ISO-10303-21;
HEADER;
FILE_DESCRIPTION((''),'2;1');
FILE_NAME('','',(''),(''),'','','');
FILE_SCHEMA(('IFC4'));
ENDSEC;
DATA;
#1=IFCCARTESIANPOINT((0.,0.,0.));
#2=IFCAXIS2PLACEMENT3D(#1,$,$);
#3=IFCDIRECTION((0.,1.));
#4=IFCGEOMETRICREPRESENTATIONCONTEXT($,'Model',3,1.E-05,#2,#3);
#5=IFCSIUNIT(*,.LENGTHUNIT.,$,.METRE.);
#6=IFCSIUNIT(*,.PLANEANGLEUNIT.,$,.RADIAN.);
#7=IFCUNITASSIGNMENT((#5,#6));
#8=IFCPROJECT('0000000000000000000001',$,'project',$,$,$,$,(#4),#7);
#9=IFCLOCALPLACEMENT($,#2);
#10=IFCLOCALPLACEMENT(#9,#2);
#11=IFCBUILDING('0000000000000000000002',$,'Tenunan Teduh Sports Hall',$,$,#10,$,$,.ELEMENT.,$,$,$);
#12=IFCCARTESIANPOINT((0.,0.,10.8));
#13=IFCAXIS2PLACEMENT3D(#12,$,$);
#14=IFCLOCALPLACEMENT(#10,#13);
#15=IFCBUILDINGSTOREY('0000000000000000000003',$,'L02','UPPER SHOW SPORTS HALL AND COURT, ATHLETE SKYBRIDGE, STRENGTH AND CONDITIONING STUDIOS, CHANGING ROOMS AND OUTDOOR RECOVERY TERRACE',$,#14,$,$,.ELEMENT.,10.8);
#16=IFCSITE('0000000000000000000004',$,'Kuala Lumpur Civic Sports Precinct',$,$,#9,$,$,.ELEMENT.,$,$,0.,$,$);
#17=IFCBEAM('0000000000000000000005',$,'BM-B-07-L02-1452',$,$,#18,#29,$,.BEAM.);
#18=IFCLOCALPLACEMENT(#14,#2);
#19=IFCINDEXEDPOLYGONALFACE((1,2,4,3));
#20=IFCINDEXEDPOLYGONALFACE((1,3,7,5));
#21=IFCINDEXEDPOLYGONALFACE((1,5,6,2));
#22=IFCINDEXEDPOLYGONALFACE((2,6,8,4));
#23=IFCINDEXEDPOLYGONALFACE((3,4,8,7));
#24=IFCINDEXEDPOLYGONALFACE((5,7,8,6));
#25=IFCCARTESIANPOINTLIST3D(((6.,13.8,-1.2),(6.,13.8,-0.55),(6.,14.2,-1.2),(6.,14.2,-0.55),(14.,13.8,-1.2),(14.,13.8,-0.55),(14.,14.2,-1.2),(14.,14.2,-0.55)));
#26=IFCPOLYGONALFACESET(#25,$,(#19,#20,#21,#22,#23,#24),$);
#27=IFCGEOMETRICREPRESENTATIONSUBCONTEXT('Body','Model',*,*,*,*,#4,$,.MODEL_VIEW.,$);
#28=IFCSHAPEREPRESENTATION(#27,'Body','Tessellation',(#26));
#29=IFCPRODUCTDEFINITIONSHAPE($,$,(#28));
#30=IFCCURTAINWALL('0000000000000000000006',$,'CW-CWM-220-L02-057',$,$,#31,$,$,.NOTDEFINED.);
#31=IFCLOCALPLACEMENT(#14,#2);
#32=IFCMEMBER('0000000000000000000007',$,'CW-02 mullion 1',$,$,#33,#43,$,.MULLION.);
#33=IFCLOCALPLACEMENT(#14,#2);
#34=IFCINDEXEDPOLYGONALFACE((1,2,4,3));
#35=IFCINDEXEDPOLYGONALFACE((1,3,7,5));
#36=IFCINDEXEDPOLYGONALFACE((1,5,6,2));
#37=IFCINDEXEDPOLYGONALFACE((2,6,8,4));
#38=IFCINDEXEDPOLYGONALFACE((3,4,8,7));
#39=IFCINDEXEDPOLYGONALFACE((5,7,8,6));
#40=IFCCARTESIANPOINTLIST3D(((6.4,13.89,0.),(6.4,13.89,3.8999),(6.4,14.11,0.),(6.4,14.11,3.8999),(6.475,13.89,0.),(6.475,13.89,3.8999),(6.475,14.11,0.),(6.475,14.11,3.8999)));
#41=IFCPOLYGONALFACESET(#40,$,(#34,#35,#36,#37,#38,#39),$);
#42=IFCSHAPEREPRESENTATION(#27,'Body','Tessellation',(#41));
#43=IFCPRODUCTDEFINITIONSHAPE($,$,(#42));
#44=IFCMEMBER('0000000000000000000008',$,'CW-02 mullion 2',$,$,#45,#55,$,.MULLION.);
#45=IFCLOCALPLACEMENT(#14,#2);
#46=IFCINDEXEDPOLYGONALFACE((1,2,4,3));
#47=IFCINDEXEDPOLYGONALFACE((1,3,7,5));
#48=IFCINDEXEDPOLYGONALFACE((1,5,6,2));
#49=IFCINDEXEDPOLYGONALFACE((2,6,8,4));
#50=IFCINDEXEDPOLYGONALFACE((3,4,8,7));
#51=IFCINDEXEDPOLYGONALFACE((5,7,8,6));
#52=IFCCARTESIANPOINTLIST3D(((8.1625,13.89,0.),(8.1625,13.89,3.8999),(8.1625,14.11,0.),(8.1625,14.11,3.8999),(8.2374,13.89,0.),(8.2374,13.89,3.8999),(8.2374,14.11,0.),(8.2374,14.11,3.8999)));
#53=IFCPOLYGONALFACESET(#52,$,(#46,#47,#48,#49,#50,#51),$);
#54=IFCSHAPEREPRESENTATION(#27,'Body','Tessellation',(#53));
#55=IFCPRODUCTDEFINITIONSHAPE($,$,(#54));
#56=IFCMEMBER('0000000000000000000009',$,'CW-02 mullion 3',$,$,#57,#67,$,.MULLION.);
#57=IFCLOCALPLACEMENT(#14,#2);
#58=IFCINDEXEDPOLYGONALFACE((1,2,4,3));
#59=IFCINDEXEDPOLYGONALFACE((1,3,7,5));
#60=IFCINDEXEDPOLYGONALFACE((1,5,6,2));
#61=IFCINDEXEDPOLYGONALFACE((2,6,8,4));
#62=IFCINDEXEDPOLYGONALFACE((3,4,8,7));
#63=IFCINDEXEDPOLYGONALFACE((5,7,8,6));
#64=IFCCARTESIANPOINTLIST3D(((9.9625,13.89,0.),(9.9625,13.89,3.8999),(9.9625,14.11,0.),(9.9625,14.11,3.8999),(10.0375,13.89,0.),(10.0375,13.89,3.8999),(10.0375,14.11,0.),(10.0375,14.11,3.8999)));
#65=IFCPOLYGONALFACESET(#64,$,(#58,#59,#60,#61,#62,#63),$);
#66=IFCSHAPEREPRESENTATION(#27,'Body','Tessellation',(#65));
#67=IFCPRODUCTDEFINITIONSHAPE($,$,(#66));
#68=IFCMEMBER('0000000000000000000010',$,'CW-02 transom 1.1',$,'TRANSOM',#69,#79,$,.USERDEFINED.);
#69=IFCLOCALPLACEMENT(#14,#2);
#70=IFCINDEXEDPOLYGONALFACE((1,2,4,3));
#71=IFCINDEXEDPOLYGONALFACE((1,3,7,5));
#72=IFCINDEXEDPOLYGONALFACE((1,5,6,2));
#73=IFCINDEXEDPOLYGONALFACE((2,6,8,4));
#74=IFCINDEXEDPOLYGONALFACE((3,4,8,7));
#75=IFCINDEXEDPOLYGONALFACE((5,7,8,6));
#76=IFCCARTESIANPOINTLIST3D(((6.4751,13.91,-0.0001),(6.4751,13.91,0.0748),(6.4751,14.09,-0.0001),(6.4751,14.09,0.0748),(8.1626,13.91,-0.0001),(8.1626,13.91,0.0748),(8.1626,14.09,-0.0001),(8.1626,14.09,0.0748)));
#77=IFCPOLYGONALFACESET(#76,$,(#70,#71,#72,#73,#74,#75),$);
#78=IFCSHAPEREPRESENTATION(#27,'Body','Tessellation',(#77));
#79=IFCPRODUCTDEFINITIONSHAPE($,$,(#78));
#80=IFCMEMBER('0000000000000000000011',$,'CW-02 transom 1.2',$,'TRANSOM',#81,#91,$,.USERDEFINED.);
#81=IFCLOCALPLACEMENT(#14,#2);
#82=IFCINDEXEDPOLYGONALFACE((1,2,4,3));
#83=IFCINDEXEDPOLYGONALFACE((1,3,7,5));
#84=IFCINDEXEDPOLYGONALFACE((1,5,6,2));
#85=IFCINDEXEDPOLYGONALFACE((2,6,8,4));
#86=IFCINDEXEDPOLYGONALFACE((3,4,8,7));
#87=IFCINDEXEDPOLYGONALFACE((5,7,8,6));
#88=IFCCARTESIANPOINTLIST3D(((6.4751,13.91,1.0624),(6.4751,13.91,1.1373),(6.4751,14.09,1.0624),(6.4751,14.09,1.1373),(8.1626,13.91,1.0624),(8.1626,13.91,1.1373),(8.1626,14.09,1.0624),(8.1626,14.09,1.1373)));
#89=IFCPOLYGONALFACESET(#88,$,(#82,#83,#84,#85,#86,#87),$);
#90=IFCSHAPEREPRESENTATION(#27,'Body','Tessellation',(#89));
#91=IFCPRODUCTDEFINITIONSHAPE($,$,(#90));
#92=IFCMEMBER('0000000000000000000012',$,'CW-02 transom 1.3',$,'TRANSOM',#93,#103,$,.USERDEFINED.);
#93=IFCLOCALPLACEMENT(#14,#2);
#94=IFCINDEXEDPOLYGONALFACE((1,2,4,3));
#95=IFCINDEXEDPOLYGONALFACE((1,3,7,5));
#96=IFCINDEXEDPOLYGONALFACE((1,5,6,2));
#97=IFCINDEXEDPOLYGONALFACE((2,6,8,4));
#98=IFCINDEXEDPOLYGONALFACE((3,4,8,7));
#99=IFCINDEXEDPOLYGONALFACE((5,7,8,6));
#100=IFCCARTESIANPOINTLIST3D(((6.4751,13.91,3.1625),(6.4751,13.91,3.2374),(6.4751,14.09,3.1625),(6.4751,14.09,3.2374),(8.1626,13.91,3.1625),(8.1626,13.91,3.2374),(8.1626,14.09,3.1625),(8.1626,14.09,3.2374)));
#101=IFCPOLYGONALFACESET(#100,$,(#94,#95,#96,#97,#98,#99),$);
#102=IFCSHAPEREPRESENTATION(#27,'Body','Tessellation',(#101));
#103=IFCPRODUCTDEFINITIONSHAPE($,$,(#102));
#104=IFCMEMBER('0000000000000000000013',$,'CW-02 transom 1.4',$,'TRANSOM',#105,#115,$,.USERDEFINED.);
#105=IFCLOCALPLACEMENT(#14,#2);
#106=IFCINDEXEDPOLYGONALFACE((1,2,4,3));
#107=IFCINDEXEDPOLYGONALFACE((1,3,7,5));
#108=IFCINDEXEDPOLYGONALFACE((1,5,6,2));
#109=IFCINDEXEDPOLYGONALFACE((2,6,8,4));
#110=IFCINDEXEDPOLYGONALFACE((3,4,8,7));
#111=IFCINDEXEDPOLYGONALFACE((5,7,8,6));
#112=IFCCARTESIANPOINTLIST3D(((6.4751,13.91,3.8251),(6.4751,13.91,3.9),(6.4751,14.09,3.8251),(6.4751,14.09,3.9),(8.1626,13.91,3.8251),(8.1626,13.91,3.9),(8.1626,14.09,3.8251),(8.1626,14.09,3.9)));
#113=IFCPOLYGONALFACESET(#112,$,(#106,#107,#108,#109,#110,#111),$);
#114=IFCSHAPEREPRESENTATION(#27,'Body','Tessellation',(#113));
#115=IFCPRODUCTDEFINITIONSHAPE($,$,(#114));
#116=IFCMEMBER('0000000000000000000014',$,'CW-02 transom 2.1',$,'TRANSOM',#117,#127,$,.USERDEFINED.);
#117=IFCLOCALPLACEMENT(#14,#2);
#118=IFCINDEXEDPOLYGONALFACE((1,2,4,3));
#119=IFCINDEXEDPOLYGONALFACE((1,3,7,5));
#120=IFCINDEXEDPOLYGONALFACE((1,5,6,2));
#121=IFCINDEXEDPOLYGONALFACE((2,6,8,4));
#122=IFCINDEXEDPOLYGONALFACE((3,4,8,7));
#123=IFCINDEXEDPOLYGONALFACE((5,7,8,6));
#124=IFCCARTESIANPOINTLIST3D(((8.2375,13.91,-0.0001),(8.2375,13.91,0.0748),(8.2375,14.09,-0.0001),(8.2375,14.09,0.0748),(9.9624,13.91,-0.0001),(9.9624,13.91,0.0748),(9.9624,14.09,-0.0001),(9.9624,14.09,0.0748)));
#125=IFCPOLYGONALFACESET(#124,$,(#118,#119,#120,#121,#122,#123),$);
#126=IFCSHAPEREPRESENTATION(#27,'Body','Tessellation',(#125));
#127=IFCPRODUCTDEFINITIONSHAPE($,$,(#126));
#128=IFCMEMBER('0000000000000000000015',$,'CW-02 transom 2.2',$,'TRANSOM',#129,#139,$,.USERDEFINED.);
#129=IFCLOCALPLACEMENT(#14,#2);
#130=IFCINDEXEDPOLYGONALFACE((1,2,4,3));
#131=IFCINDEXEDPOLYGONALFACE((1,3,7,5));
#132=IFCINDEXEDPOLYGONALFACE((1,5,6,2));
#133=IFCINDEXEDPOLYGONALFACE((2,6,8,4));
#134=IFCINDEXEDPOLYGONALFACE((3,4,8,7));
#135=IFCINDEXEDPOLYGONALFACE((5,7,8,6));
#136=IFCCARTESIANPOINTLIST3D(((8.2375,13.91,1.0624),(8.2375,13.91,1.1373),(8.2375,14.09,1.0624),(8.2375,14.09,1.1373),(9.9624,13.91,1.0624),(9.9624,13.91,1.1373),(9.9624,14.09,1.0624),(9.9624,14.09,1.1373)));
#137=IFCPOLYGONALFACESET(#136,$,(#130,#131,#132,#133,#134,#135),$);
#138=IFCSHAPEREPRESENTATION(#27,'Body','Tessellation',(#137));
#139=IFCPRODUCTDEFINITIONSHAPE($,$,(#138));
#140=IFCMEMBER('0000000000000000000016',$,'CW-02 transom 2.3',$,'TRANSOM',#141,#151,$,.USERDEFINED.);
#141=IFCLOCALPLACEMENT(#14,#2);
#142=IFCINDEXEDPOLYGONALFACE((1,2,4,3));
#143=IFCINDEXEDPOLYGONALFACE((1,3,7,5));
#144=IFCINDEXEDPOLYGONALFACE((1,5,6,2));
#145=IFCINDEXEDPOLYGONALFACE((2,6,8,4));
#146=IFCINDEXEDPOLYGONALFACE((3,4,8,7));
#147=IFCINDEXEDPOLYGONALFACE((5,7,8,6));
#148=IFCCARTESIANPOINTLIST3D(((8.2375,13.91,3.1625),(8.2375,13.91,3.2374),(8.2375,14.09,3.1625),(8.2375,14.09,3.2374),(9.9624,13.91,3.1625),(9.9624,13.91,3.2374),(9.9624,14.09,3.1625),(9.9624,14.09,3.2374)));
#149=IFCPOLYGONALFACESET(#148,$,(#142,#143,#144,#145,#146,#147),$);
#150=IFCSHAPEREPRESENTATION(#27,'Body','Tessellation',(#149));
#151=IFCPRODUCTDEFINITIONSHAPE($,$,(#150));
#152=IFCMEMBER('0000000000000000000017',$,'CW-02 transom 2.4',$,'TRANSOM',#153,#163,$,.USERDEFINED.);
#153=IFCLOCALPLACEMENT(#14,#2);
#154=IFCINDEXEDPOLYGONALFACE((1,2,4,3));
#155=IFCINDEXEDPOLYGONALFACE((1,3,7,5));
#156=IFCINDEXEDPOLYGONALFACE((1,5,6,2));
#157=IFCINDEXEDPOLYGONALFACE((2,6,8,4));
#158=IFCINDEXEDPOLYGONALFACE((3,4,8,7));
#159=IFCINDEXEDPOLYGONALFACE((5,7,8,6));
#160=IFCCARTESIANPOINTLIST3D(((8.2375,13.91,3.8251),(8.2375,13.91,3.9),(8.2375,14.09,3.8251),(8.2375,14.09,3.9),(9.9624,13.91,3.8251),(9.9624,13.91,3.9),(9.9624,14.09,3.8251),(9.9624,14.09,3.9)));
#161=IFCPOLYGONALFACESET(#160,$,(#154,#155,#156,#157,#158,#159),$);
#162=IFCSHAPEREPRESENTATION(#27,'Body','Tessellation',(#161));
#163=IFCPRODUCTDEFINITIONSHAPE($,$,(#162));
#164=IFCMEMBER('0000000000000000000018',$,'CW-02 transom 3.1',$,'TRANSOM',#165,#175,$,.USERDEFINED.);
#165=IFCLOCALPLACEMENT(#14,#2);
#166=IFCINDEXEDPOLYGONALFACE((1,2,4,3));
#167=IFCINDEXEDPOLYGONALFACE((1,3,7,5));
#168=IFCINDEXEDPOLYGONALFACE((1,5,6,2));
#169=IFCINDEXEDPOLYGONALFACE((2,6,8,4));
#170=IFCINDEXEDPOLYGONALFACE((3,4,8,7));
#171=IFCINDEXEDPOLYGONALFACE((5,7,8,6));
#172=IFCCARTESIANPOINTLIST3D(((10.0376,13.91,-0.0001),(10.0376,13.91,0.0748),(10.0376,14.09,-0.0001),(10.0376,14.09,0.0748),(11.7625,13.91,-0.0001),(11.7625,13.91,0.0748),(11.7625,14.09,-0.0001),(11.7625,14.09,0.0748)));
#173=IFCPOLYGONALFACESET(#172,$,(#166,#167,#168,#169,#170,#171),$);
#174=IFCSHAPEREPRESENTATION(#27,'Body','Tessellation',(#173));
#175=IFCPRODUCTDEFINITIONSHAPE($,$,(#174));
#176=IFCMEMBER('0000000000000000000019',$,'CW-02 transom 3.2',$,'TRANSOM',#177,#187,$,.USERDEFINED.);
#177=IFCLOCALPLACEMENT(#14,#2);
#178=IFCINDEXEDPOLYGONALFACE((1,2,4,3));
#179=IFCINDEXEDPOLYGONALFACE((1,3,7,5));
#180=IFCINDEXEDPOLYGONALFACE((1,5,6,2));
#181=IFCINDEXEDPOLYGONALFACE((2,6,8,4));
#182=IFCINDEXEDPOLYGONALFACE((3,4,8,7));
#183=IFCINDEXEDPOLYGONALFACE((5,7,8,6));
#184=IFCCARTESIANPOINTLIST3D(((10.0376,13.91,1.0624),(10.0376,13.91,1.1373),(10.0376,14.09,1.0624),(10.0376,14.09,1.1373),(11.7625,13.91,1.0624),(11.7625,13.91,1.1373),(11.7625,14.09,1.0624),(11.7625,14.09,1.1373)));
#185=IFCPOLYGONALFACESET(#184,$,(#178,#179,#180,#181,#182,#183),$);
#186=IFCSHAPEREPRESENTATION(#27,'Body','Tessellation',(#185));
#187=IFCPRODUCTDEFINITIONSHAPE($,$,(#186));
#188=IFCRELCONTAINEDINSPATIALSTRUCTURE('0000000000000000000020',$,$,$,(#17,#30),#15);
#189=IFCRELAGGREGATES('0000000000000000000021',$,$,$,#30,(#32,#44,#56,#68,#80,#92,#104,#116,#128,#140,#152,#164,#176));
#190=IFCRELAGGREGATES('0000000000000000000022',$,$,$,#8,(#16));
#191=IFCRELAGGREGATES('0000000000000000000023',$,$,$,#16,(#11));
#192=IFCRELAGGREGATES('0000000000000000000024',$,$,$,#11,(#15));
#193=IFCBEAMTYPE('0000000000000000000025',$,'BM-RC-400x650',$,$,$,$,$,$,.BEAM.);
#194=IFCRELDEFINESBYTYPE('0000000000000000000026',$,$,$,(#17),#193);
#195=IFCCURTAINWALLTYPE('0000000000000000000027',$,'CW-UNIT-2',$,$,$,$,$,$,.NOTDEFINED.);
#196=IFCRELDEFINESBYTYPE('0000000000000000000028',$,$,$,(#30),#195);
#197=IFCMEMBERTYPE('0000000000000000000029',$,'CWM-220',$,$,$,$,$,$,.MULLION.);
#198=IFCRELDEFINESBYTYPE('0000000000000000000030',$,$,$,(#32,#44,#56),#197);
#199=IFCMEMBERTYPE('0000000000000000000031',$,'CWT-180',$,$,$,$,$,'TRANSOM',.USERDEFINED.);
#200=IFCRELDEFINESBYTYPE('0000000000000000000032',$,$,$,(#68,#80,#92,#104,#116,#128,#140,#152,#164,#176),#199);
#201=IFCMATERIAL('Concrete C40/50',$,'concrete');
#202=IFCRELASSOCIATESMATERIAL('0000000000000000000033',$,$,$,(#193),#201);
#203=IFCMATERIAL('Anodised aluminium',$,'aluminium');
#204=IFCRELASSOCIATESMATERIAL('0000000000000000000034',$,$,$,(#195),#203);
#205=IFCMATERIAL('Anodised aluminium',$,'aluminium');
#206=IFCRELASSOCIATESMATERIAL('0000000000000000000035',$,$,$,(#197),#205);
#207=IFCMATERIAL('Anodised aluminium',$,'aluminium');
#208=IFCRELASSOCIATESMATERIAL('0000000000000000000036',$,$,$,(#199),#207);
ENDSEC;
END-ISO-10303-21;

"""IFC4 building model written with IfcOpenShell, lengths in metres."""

from ifc_helpers import new_model, si_unit, direction, frame, origin, origin_2d, place, context, subcontext, project, spatial, rectangle, extrude, material, material_profile, profile_set, type_object, element, aggregate, save


model = new_model("IFC4")

# Units and contexts
model_context = context("Model", 3, precision=1e-05, world=origin(), true_north=direction((0.0, 1.0)))
body_context = subcontext(model_context, "Body", "Model", "MODEL_VIEW")
ifc_project = project(units=[si_unit("LENGTHUNIT", "METRE"), si_unit("PLANEANGLEUNIT", "RADIAN")], contexts=[model_context])

# Site, building, storey
site_placement = place(None, origin())
site = spatial("IfcSite", under=ifc_project, at=site_placement, Name="Kuala Lumpur Civic Sports Precinct", CompositionType="ELEMENT", RefElevation=0.0)
building_placement = place(site_placement, origin())
building = spatial("IfcBuilding", under=site, at=building_placement, Name="Tenunan Teduh Sports Hall", CompositionType="ELEMENT")
storey_placement = place(building_placement, frame((0.0, 0.0, 10.8)))
storey = spatial("IfcBuildingStorey", under=building, at=storey_placement, Name="L02", Description="UPPER SHOW SPORTS HALL AND COURT, ATHLETE SKYBRIDGE, STRENGTH AND CONDITIONING STUDIOS, CHANGING ROOMS AND OUTDOOR RECOVERY TERRACE", CompositionType="ELEMENT", Elevation=10.8)

# Beam
ifc_material_1 = material(Name="Concrete C40/50", Category="concrete")
ifc_material_profile_1 = material_profile(ifc_material_1, rectangle(XDim=0.3999, YDim=0.6499, at=origin_2d()), Name="RCB 400x650")
ifc_profile_set_1 = profile_set([ifc_material_profile_1], Name="Concrete C40/50")
beam_type_1 = type_object("IfcBeamType", Name="BM-RC-400x650", PredefinedType="BEAM", material=ifc_profile_set_1)
beam_1_placement = place(storey_placement, frame((6.0, 14.0, -0.875), z_axis=(1.0, 0.0, 0.0), x_axis=(0.0, 1.0, 0.0)))
element("IfcBeam", 1, at=beam_1_placement, inside=storey, type_object=beam_type_1, Name="BM-B-07-L02-1452", PredefinedType="BEAM", context=body_context, shape_type="SweptSolid", body=[
    extrude(rectangle(XDim=0.3999, YDim=0.6499, at=origin_2d()), origin(), (0.0, 0.0, 1.0), 8.0),
])

# Curtain wall, members
ifc_material_2 = material(Name="Anodised aluminium", Category="aluminium")
curtain_wall_type = type_object("IfcCurtainWallType", Name="CW-UNIT-2", PredefinedType="NOTDEFINED", material=ifc_material_2)
curtain_wall_placement = place(storey_placement, origin())
curtain_wall = element("IfcCurtainWall", 2, at=curtain_wall_placement, inside=storey, type_object=curtain_wall_type, Name="CW-CWM-220-L02-057", PredefinedType="NOTDEFINED")
ifc_material_3 = material(Name="Anodised aluminium", Category="aluminium")
ifc_material_profile_2 = material_profile(ifc_material_3, rectangle(XDim=0.075, YDim=0.22, at=origin_2d()), Name="CWM 75x220")
ifc_profile_set_2 = profile_set([ifc_material_profile_2], Name="Anodised aluminium")
member_type_1 = type_object("IfcMemberType", Name="CWM-220", PredefinedType="MULLION", material=ifc_profile_set_2)
member_1_placement = place(storey_placement, frame((6.4375, 14.0, 0.0), z_axis=(0.0, 0.0, 1.0), x_axis=(1.0, 0.0, 0.0)))
member_1 = element("IfcMember", 3, at=member_1_placement, type_object=member_type_1, Name="CW-02 mullion 1", PredefinedType="MULLION", context=body_context, shape_type="SweptSolid", body=[
    extrude(rectangle(XDim=0.075, YDim=0.22, at=origin_2d()), origin(), (0.0, 0.0, 1.0), 3.8999),
])
member_2_placement = place(storey_placement, frame((8.2, 14.0, 0.0), z_axis=(0.0, 0.0, 1.0), x_axis=(1.0, 0.0, 0.0)))
member_2 = element("IfcMember", 4, at=member_2_placement, type_object=member_type_1, Name="CW-02 mullion 2", PredefinedType="MULLION", context=body_context, shape_type="SweptSolid", body=[
    extrude(rectangle(XDim=0.075, YDim=0.22, at=origin_2d()), origin(), (0.0, 0.0, 1.0), 3.8999),
])
member_3_placement = place(storey_placement, frame((10.0, 14.0, 0.0), z_axis=(0.0, 0.0, 1.0), x_axis=(1.0, 0.0, 0.0)))
member_3 = element("IfcMember", 5, at=member_3_placement, type_object=member_type_1, Name="CW-02 mullion 3", PredefinedType="MULLION", context=body_context, shape_type="SweptSolid", body=[
    extrude(rectangle(XDim=0.075, YDim=0.22, at=origin_2d()), origin(), (0.0, 0.0, 1.0), 3.8999),
])
ifc_material_4 = material(Name="Anodised aluminium", Category="aluminium")
ifc_material_profile_3 = material_profile(ifc_material_4, rectangle(XDim=0.075, YDim=0.1799, at=origin_2d()), Name="CWT 75x180")
ifc_profile_set_3 = profile_set([ifc_material_profile_3], Name="Anodised aluminium")
member_type_2 = type_object("IfcMemberType", Name="CWT-180", ElementType="TRANSOM", PredefinedType="USERDEFINED", material=ifc_profile_set_3)
member_4_placement = place(storey_placement, frame((6.4751, 14.0, 0.0374), z_axis=(1.0, 0.0, 0.0), x_axis=(0.0, 0.0, 1.0)))
member_4 = element("IfcMember", 6, at=member_4_placement, type_object=member_type_2, Name="CW-02 transom 1.1", ObjectType="TRANSOM", PredefinedType="USERDEFINED", context=body_context, shape_type="SweptSolid", body=[
    extrude(rectangle(XDim=0.075, YDim=0.1799, at=origin_2d()), origin(), (0.0, 0.0, 1.0), 1.6875),
])
member_5_placement = place(storey_placement, frame((6.4751, 14.0, 1.0999), z_axis=(1.0, 0.0, 0.0), x_axis=(0.0, 0.0, 1.0)))
member_5 = element("IfcMember", 7, at=member_5_placement, type_object=member_type_2, Name="CW-02 transom 1.2", ObjectType="TRANSOM", PredefinedType="USERDEFINED", context=body_context, shape_type="SweptSolid", body=[
    extrude(rectangle(XDim=0.075, YDim=0.1799, at=origin_2d()), origin(), (0.0, 0.0, 1.0), 1.6875),
])
member_6_placement = place(storey_placement, frame((6.4751, 14.0, 3.2), z_axis=(1.0, 0.0, 0.0), x_axis=(0.0, 0.0, 1.0)))
member_6 = element("IfcMember", 8, at=member_6_placement, type_object=member_type_2, Name="CW-02 transom 1.3", ObjectType="TRANSOM", PredefinedType="USERDEFINED", context=body_context, shape_type="SweptSolid", body=[
    extrude(rectangle(XDim=0.075, YDim=0.1799, at=origin_2d()), origin(), (0.0, 0.0, 1.0), 1.6875),
])
member_7_placement = place(storey_placement, frame((6.4751, 14.0, 3.8625), z_axis=(1.0, 0.0, 0.0), x_axis=(0.0, 0.0, 1.0)))
member_7 = element("IfcMember", 9, at=member_7_placement, type_object=member_type_2, Name="CW-02 transom 1.4", ObjectType="TRANSOM", PredefinedType="USERDEFINED", context=body_context, shape_type="SweptSolid", body=[
    extrude(rectangle(XDim=0.075, YDim=0.1799, at=origin_2d()), origin(), (0.0, 0.0, 1.0), 1.6875),
])
member_8_placement = place(storey_placement, frame((8.2375, 14.0, 0.0374), z_axis=(1.0, 0.0, 0.0), x_axis=(0.0, 0.0, 1.0)))
member_8 = element("IfcMember", 10, at=member_8_placement, type_object=member_type_2, Name="CW-02 transom 2.1", ObjectType="TRANSOM", PredefinedType="USERDEFINED", context=body_context, shape_type="SweptSolid", body=[
    extrude(rectangle(XDim=0.075, YDim=0.1799, at=origin_2d()), origin(), (0.0, 0.0, 1.0), 1.7249),
])
member_9_placement = place(storey_placement, frame((8.2375, 14.0, 1.0999), z_axis=(1.0, 0.0, 0.0), x_axis=(0.0, 0.0, 1.0)))
member_9 = element("IfcMember", 11, at=member_9_placement, type_object=member_type_2, Name="CW-02 transom 2.2", ObjectType="TRANSOM", PredefinedType="USERDEFINED", context=body_context, shape_type="SweptSolid", body=[
    extrude(rectangle(XDim=0.075, YDim=0.1799, at=origin_2d()), origin(), (0.0, 0.0, 1.0), 1.7249),
])
member_10_placement = place(storey_placement, frame((8.2375, 14.0, 3.2), z_axis=(1.0, 0.0, 0.0), x_axis=(0.0, 0.0, 1.0)))
member_10 = element("IfcMember", 12, at=member_10_placement, type_object=member_type_2, Name="CW-02 transom 2.3", ObjectType="TRANSOM", PredefinedType="USERDEFINED", context=body_context, shape_type="SweptSolid", body=[
    extrude(rectangle(XDim=0.075, YDim=0.1799, at=origin_2d()), origin(), (0.0, 0.0, 1.0), 1.7249),
])
member_11_placement = place(storey_placement, frame((8.2375, 14.0, 3.8625), z_axis=(1.0, 0.0, 0.0), x_axis=(0.0, 0.0, 1.0)))
member_11 = element("IfcMember", 13, at=member_11_placement, type_object=member_type_2, Name="CW-02 transom 2.4", ObjectType="TRANSOM", PredefinedType="USERDEFINED", context=body_context, shape_type="SweptSolid", body=[
    extrude(rectangle(XDim=0.075, YDim=0.1799, at=origin_2d()), origin(), (0.0, 0.0, 1.0), 1.7249),
])
member_12_placement = place(storey_placement, frame((10.0376, 14.0, 0.0374), z_axis=(1.0, 0.0, 0.0), x_axis=(0.0, 0.0, 1.0)))
member_12 = element("IfcMember", 14, at=member_12_placement, type_object=member_type_2, Name="CW-02 transom 3.1", ObjectType="TRANSOM", PredefinedType="USERDEFINED", context=body_context, shape_type="SweptSolid", body=[
    extrude(rectangle(XDim=0.075, YDim=0.1799, at=origin_2d()), origin(), (0.0, 0.0, 1.0), 1.7249),
])
member_13_placement = place(storey_placement, frame((10.0376, 14.0, 1.0999), z_axis=(1.0, 0.0, 0.0), x_axis=(0.0, 0.0, 1.0)))
member_13 = element("IfcMember", 15, at=member_13_placement, type_object=member_type_2, Name="CW-02 transom 3.2", ObjectType="TRANSOM", PredefinedType="USERDEFINED", context=body_context, shape_type="SweptSolid", body=[
    extrude(rectangle(XDim=0.075, YDim=0.1799, at=origin_2d()), origin(), (0.0, 0.0, 1.0), 1.7249),
])

aggregate(curtain_wall, [member_1, member_2, member_3, member_4, member_5, member_6, member_7, member_8, member_9, member_10, member_11, member_12, member_13])

save(model, "model.ifc")
